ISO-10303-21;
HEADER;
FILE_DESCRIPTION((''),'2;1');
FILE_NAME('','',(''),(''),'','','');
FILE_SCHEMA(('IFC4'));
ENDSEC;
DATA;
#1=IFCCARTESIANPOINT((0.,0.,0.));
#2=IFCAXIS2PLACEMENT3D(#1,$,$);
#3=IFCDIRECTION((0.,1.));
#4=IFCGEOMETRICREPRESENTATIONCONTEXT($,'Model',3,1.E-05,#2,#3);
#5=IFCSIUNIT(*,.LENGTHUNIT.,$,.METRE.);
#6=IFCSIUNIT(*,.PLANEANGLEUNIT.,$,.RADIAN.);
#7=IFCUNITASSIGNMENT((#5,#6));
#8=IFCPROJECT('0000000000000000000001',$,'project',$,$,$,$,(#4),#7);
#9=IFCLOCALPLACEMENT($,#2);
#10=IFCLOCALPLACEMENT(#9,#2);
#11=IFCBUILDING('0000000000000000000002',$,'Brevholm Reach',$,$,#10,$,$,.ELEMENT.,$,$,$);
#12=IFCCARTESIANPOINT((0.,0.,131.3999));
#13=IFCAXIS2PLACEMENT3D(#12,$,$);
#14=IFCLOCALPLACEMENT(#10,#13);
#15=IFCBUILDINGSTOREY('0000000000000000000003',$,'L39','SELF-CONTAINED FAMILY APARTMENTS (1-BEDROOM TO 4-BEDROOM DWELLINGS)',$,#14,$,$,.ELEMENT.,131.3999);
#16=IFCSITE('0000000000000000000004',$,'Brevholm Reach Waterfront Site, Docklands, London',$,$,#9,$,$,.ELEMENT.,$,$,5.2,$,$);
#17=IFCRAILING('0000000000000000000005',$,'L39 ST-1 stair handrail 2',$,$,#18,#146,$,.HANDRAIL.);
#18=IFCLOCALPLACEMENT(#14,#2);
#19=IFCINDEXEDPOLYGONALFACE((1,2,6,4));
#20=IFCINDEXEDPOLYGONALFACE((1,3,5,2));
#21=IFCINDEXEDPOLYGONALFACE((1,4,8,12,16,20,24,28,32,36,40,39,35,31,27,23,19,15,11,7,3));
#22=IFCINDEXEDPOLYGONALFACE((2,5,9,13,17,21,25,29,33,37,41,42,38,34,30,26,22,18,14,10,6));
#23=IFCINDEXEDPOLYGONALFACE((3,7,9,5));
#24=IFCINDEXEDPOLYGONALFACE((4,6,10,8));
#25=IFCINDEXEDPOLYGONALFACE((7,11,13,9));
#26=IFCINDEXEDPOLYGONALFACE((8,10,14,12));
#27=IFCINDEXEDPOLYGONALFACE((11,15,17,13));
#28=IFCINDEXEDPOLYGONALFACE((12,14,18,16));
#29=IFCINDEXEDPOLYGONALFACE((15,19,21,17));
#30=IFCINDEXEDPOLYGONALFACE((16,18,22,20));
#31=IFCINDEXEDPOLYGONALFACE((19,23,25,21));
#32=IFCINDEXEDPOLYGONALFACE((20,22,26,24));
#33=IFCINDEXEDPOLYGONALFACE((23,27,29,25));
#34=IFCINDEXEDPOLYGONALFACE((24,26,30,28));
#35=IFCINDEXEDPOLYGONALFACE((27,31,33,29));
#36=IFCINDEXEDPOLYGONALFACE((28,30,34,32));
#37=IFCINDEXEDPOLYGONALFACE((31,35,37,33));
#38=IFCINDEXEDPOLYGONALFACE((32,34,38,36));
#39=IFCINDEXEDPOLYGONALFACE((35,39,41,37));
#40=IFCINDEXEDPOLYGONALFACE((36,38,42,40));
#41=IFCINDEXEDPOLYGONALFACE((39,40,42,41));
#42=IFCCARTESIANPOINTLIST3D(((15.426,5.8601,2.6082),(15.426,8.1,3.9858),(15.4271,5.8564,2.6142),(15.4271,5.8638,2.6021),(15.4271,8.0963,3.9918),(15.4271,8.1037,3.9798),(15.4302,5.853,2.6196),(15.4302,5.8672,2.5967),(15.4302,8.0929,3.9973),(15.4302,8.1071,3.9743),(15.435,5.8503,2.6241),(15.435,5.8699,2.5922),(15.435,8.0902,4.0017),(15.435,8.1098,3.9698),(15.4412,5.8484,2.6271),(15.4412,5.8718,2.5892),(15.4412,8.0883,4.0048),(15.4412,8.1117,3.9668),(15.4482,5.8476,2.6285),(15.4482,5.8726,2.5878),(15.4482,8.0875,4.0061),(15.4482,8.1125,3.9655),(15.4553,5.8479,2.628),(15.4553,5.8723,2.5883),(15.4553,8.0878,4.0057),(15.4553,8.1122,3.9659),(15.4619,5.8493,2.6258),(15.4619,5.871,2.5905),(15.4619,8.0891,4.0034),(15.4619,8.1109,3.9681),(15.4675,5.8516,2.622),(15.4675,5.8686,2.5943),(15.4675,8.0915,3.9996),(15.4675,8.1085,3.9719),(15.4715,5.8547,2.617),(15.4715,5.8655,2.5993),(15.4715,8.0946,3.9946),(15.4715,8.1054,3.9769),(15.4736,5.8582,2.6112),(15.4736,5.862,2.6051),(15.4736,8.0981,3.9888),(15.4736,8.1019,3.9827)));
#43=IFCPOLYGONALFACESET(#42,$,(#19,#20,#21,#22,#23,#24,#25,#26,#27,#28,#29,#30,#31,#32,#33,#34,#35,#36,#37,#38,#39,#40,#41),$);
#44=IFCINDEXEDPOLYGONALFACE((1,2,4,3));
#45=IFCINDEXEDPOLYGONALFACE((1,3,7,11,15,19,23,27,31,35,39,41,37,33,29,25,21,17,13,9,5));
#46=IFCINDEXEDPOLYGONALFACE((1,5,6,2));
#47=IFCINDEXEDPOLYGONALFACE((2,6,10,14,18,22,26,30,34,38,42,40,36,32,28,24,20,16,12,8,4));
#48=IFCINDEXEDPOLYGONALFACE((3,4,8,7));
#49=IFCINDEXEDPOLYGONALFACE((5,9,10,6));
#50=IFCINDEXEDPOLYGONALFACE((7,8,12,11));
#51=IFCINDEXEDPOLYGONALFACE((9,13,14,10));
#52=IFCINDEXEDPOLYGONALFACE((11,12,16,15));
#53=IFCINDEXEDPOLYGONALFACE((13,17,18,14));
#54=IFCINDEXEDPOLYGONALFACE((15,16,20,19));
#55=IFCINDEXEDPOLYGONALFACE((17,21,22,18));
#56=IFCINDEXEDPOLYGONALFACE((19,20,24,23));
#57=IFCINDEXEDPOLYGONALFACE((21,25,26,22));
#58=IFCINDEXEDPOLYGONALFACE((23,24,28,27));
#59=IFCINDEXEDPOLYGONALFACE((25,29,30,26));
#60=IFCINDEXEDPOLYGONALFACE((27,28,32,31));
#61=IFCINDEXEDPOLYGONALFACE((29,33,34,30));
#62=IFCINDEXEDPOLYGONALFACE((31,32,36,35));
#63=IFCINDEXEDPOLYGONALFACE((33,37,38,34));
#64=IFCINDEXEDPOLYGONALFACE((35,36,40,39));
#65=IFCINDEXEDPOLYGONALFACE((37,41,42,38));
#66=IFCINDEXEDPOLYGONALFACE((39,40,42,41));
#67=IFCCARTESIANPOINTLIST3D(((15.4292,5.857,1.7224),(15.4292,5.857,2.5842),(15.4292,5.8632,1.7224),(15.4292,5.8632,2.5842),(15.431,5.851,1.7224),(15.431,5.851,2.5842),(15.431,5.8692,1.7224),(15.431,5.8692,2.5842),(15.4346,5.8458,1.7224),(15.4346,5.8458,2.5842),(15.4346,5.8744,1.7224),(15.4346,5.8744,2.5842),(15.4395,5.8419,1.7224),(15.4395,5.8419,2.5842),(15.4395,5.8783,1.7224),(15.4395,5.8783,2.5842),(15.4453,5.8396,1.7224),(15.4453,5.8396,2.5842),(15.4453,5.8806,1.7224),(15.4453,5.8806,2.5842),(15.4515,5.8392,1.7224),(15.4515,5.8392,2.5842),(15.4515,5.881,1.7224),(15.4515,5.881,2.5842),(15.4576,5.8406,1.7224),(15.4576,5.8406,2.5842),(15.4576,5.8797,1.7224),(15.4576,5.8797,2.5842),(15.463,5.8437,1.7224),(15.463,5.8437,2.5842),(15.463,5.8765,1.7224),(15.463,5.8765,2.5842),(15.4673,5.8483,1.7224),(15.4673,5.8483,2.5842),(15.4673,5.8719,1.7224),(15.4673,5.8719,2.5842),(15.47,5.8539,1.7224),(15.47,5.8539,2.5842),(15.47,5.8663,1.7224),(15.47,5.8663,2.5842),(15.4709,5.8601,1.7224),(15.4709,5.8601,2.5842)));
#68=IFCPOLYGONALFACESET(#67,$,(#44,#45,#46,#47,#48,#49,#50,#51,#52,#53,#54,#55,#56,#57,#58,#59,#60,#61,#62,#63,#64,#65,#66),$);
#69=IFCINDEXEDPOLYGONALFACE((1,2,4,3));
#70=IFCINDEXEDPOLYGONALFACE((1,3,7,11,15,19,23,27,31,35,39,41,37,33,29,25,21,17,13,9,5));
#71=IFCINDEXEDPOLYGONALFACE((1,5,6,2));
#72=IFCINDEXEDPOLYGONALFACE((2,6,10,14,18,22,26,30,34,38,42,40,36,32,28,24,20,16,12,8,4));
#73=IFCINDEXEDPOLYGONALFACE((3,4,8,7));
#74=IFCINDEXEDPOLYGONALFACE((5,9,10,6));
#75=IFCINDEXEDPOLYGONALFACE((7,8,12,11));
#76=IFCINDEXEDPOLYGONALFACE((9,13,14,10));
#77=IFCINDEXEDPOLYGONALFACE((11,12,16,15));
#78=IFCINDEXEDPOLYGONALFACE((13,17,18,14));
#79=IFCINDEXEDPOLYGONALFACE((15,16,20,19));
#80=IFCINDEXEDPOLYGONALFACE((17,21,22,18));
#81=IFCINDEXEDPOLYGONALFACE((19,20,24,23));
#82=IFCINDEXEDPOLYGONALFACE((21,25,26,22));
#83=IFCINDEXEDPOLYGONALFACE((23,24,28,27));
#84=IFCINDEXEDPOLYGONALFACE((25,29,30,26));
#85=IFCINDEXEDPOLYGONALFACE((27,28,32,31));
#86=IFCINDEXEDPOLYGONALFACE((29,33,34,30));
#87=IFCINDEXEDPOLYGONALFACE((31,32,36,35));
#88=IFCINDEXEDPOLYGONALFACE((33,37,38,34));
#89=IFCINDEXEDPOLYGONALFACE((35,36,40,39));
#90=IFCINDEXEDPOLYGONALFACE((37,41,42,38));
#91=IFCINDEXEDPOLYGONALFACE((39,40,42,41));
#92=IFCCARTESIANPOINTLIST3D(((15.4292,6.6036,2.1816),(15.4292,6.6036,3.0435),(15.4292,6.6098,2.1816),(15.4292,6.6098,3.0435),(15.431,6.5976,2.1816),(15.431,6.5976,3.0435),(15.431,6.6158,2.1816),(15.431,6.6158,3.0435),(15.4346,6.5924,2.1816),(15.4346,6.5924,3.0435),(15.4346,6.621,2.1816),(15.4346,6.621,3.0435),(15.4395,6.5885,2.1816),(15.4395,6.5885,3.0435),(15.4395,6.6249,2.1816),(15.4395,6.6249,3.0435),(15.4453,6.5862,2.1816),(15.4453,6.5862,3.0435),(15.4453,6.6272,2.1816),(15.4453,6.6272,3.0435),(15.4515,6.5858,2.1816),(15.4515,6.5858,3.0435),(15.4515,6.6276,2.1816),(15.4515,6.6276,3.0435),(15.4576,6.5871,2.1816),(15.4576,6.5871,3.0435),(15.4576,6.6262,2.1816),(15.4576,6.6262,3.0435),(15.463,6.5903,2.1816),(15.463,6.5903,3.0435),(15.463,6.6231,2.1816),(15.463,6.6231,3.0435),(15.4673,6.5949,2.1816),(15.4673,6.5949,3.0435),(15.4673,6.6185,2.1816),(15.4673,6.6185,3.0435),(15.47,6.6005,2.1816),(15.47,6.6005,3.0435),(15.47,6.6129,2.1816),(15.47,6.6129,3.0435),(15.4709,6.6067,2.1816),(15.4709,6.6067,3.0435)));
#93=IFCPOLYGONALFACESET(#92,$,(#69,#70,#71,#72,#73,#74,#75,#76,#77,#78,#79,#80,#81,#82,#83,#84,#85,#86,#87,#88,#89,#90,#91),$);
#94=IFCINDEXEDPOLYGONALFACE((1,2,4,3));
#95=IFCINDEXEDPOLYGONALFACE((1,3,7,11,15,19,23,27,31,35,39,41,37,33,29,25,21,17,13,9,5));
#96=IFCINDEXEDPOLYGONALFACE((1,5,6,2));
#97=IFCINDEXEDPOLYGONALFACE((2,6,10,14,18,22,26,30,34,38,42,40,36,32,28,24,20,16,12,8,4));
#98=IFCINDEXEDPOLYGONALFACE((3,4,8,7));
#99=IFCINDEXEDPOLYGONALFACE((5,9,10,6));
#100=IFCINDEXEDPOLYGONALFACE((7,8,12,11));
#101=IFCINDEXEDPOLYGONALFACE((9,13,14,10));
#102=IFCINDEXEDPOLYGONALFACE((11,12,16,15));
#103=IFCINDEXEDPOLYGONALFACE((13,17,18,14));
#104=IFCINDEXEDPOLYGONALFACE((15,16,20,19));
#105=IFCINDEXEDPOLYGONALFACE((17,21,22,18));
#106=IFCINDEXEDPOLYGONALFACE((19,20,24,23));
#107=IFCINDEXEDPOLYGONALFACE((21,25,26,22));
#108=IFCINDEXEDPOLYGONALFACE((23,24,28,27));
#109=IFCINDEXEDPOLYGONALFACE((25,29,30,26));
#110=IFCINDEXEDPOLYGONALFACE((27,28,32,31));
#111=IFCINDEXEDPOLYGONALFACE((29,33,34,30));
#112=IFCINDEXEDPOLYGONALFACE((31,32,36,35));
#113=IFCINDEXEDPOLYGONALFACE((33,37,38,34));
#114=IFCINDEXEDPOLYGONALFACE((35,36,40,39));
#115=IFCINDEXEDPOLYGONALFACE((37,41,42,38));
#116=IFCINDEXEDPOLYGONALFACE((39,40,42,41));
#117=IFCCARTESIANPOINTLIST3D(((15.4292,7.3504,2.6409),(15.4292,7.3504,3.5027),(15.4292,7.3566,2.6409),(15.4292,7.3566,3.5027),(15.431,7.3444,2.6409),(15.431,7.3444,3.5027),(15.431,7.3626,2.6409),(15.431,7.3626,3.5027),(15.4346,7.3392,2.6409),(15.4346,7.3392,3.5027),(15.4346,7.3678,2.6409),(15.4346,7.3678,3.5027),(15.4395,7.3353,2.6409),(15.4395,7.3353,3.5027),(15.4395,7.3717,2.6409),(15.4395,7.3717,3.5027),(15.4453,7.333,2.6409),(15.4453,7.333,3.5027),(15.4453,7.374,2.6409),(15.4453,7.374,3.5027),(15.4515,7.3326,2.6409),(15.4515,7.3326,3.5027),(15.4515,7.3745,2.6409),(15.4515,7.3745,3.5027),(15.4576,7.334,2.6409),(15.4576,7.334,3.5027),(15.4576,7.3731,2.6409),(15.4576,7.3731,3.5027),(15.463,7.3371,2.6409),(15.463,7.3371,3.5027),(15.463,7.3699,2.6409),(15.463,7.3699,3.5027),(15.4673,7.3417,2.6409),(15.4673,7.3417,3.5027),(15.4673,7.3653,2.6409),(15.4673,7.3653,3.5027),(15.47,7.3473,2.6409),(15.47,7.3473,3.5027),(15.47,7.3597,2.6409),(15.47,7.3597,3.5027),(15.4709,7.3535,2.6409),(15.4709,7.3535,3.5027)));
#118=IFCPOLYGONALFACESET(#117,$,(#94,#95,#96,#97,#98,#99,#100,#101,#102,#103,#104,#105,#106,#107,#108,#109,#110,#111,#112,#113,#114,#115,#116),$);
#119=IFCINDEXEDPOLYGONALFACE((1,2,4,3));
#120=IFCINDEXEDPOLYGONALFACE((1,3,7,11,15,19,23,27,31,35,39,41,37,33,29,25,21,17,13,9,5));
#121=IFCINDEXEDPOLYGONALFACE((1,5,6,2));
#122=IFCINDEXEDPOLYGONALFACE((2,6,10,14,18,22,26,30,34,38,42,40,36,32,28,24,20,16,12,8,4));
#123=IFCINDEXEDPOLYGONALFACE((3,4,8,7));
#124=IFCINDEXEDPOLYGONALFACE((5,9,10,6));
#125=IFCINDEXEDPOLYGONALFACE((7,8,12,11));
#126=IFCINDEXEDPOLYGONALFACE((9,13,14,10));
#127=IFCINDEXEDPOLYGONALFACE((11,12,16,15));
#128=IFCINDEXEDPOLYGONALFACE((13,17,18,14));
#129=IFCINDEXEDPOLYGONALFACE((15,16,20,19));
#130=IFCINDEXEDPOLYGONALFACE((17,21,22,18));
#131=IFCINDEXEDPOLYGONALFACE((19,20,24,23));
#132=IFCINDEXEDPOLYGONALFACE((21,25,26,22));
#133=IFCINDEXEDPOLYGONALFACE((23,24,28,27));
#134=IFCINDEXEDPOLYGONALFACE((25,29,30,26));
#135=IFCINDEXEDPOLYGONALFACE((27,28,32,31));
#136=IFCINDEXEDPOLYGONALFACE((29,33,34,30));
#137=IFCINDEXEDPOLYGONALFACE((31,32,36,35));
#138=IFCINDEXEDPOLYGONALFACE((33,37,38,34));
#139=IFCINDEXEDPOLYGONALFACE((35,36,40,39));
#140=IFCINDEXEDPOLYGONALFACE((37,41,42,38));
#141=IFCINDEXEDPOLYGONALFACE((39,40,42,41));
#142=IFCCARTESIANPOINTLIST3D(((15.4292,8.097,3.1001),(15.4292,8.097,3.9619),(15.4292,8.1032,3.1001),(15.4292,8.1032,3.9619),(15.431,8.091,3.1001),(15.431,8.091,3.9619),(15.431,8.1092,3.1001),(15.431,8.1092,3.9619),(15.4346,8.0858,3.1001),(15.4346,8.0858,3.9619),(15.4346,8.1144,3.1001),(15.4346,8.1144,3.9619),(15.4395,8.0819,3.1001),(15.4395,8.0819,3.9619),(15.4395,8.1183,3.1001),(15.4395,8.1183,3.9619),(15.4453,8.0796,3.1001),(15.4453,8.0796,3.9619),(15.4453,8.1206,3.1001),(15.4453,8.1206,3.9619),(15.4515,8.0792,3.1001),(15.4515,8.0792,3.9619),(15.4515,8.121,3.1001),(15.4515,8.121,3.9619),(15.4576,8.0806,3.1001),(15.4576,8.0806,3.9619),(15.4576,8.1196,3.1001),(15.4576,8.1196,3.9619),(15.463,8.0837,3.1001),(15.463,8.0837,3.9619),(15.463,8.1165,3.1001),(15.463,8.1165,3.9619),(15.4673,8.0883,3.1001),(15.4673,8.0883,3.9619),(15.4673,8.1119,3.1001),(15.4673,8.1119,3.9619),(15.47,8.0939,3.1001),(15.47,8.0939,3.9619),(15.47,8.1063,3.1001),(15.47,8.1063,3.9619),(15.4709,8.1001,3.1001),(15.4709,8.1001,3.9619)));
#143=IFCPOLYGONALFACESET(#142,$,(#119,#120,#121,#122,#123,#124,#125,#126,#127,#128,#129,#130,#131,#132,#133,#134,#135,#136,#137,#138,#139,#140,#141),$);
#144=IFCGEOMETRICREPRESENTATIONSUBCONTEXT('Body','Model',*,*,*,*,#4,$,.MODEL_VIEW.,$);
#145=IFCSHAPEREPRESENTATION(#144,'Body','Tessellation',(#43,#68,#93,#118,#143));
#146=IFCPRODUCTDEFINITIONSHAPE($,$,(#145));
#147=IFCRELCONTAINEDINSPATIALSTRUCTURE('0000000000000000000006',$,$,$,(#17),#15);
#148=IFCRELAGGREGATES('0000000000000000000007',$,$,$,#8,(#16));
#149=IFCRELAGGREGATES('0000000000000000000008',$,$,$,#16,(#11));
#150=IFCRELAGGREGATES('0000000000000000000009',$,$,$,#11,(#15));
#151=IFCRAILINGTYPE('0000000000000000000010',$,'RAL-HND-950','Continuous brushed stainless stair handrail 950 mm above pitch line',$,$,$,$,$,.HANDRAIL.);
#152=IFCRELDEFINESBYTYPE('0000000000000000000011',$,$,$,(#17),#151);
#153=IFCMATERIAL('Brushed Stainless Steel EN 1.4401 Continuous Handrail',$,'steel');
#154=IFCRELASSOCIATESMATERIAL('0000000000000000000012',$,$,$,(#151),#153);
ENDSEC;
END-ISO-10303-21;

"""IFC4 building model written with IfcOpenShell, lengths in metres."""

from ifc_helpers import new_model, si_unit, direction, frame, origin, origin_2d, place, context, subcontext, project, spatial, circle, extrude, material, type_object, element, save


model = new_model("IFC4")

# Units and contexts
model_context = context("Model", 3, precision=1e-05, world=origin(), true_north=direction((0.0, 1.0)))
body_context = subcontext(model_context, "Body", "Model", "MODEL_VIEW")
ifc_project = project(units=[si_unit("LENGTHUNIT", "METRE"), si_unit("PLANEANGLEUNIT", "RADIAN")], contexts=[model_context])

# Site, building, storey
site_placement = place(None, origin())
site = spatial("IfcSite", under=ifc_project, at=site_placement, Name="Brevholm Reach Waterfront Site, Docklands, London", CompositionType="ELEMENT", RefElevation=5.2)
building_placement = place(site_placement, origin())
building = spatial("IfcBuilding", under=site, at=building_placement, Name="Brevholm Reach", CompositionType="ELEMENT")
storey_placement = place(building_placement, frame((0.0, 0.0, 131.3999)))
storey = spatial("IfcBuildingStorey", under=building, at=storey_placement, Name="L39", Description="SELF-CONTAINED FAMILY APARTMENTS (1-BEDROOM TO 4-BEDROOM DWELLINGS)", CompositionType="ELEMENT", Elevation=131.3999)

# Railing
ifc_material_1 = material(Name="Brushed Stainless Steel EN 1.4401 Continuous Handrail", Category="steel")
railing_type_1 = type_object("IfcRailingType", Name="RAL-HND-950", Description="Continuous brushed stainless stair handrail 950 mm above pitch line", PredefinedType="HANDRAIL", material=ifc_material_1)
railing_1_placement = place(storey_placement, frame((15.45, 5.8601, 1.7224)))
element("IfcRailing", 1, at=railing_1_placement, inside=storey, type_object=railing_type_1, Name="L39 ST-1 stair handrail 2", PredefinedType="HANDRAIL", context=body_context, shape_type="SweptSolid", body=[
    extrude(circle(Radius=0.0239, at=origin_2d()), frame((0.0, 0.0, 0.8857), z_axis=(0.0, 0.851789, 0.523885), x_axis=(-1.0, 0.0, 0.0)), (0.0, 0.0, 1.0), 2.6296),
    extrude(circle(Radius=0.021, at=origin_2d()), origin(), (0.0, 0.0, 1.0), 0.8618),
    extrude(circle(Radius=0.021, at=origin_2d()), frame((0.0, 0.7466, 0.4592)), (0.0, 0.0, 1.0), 0.8618),
    extrude(circle(Radius=0.021, at=origin_2d()), frame((0.0, 1.4934, 0.9185)), (0.0, 0.0, 1.0), 0.8618),
    extrude(circle(Radius=0.021, at=origin_2d()), frame((0.0, 2.24, 1.3777)), (0.0, 0.0, 1.0), 0.8618),
])

save(model, "model.ifc")
